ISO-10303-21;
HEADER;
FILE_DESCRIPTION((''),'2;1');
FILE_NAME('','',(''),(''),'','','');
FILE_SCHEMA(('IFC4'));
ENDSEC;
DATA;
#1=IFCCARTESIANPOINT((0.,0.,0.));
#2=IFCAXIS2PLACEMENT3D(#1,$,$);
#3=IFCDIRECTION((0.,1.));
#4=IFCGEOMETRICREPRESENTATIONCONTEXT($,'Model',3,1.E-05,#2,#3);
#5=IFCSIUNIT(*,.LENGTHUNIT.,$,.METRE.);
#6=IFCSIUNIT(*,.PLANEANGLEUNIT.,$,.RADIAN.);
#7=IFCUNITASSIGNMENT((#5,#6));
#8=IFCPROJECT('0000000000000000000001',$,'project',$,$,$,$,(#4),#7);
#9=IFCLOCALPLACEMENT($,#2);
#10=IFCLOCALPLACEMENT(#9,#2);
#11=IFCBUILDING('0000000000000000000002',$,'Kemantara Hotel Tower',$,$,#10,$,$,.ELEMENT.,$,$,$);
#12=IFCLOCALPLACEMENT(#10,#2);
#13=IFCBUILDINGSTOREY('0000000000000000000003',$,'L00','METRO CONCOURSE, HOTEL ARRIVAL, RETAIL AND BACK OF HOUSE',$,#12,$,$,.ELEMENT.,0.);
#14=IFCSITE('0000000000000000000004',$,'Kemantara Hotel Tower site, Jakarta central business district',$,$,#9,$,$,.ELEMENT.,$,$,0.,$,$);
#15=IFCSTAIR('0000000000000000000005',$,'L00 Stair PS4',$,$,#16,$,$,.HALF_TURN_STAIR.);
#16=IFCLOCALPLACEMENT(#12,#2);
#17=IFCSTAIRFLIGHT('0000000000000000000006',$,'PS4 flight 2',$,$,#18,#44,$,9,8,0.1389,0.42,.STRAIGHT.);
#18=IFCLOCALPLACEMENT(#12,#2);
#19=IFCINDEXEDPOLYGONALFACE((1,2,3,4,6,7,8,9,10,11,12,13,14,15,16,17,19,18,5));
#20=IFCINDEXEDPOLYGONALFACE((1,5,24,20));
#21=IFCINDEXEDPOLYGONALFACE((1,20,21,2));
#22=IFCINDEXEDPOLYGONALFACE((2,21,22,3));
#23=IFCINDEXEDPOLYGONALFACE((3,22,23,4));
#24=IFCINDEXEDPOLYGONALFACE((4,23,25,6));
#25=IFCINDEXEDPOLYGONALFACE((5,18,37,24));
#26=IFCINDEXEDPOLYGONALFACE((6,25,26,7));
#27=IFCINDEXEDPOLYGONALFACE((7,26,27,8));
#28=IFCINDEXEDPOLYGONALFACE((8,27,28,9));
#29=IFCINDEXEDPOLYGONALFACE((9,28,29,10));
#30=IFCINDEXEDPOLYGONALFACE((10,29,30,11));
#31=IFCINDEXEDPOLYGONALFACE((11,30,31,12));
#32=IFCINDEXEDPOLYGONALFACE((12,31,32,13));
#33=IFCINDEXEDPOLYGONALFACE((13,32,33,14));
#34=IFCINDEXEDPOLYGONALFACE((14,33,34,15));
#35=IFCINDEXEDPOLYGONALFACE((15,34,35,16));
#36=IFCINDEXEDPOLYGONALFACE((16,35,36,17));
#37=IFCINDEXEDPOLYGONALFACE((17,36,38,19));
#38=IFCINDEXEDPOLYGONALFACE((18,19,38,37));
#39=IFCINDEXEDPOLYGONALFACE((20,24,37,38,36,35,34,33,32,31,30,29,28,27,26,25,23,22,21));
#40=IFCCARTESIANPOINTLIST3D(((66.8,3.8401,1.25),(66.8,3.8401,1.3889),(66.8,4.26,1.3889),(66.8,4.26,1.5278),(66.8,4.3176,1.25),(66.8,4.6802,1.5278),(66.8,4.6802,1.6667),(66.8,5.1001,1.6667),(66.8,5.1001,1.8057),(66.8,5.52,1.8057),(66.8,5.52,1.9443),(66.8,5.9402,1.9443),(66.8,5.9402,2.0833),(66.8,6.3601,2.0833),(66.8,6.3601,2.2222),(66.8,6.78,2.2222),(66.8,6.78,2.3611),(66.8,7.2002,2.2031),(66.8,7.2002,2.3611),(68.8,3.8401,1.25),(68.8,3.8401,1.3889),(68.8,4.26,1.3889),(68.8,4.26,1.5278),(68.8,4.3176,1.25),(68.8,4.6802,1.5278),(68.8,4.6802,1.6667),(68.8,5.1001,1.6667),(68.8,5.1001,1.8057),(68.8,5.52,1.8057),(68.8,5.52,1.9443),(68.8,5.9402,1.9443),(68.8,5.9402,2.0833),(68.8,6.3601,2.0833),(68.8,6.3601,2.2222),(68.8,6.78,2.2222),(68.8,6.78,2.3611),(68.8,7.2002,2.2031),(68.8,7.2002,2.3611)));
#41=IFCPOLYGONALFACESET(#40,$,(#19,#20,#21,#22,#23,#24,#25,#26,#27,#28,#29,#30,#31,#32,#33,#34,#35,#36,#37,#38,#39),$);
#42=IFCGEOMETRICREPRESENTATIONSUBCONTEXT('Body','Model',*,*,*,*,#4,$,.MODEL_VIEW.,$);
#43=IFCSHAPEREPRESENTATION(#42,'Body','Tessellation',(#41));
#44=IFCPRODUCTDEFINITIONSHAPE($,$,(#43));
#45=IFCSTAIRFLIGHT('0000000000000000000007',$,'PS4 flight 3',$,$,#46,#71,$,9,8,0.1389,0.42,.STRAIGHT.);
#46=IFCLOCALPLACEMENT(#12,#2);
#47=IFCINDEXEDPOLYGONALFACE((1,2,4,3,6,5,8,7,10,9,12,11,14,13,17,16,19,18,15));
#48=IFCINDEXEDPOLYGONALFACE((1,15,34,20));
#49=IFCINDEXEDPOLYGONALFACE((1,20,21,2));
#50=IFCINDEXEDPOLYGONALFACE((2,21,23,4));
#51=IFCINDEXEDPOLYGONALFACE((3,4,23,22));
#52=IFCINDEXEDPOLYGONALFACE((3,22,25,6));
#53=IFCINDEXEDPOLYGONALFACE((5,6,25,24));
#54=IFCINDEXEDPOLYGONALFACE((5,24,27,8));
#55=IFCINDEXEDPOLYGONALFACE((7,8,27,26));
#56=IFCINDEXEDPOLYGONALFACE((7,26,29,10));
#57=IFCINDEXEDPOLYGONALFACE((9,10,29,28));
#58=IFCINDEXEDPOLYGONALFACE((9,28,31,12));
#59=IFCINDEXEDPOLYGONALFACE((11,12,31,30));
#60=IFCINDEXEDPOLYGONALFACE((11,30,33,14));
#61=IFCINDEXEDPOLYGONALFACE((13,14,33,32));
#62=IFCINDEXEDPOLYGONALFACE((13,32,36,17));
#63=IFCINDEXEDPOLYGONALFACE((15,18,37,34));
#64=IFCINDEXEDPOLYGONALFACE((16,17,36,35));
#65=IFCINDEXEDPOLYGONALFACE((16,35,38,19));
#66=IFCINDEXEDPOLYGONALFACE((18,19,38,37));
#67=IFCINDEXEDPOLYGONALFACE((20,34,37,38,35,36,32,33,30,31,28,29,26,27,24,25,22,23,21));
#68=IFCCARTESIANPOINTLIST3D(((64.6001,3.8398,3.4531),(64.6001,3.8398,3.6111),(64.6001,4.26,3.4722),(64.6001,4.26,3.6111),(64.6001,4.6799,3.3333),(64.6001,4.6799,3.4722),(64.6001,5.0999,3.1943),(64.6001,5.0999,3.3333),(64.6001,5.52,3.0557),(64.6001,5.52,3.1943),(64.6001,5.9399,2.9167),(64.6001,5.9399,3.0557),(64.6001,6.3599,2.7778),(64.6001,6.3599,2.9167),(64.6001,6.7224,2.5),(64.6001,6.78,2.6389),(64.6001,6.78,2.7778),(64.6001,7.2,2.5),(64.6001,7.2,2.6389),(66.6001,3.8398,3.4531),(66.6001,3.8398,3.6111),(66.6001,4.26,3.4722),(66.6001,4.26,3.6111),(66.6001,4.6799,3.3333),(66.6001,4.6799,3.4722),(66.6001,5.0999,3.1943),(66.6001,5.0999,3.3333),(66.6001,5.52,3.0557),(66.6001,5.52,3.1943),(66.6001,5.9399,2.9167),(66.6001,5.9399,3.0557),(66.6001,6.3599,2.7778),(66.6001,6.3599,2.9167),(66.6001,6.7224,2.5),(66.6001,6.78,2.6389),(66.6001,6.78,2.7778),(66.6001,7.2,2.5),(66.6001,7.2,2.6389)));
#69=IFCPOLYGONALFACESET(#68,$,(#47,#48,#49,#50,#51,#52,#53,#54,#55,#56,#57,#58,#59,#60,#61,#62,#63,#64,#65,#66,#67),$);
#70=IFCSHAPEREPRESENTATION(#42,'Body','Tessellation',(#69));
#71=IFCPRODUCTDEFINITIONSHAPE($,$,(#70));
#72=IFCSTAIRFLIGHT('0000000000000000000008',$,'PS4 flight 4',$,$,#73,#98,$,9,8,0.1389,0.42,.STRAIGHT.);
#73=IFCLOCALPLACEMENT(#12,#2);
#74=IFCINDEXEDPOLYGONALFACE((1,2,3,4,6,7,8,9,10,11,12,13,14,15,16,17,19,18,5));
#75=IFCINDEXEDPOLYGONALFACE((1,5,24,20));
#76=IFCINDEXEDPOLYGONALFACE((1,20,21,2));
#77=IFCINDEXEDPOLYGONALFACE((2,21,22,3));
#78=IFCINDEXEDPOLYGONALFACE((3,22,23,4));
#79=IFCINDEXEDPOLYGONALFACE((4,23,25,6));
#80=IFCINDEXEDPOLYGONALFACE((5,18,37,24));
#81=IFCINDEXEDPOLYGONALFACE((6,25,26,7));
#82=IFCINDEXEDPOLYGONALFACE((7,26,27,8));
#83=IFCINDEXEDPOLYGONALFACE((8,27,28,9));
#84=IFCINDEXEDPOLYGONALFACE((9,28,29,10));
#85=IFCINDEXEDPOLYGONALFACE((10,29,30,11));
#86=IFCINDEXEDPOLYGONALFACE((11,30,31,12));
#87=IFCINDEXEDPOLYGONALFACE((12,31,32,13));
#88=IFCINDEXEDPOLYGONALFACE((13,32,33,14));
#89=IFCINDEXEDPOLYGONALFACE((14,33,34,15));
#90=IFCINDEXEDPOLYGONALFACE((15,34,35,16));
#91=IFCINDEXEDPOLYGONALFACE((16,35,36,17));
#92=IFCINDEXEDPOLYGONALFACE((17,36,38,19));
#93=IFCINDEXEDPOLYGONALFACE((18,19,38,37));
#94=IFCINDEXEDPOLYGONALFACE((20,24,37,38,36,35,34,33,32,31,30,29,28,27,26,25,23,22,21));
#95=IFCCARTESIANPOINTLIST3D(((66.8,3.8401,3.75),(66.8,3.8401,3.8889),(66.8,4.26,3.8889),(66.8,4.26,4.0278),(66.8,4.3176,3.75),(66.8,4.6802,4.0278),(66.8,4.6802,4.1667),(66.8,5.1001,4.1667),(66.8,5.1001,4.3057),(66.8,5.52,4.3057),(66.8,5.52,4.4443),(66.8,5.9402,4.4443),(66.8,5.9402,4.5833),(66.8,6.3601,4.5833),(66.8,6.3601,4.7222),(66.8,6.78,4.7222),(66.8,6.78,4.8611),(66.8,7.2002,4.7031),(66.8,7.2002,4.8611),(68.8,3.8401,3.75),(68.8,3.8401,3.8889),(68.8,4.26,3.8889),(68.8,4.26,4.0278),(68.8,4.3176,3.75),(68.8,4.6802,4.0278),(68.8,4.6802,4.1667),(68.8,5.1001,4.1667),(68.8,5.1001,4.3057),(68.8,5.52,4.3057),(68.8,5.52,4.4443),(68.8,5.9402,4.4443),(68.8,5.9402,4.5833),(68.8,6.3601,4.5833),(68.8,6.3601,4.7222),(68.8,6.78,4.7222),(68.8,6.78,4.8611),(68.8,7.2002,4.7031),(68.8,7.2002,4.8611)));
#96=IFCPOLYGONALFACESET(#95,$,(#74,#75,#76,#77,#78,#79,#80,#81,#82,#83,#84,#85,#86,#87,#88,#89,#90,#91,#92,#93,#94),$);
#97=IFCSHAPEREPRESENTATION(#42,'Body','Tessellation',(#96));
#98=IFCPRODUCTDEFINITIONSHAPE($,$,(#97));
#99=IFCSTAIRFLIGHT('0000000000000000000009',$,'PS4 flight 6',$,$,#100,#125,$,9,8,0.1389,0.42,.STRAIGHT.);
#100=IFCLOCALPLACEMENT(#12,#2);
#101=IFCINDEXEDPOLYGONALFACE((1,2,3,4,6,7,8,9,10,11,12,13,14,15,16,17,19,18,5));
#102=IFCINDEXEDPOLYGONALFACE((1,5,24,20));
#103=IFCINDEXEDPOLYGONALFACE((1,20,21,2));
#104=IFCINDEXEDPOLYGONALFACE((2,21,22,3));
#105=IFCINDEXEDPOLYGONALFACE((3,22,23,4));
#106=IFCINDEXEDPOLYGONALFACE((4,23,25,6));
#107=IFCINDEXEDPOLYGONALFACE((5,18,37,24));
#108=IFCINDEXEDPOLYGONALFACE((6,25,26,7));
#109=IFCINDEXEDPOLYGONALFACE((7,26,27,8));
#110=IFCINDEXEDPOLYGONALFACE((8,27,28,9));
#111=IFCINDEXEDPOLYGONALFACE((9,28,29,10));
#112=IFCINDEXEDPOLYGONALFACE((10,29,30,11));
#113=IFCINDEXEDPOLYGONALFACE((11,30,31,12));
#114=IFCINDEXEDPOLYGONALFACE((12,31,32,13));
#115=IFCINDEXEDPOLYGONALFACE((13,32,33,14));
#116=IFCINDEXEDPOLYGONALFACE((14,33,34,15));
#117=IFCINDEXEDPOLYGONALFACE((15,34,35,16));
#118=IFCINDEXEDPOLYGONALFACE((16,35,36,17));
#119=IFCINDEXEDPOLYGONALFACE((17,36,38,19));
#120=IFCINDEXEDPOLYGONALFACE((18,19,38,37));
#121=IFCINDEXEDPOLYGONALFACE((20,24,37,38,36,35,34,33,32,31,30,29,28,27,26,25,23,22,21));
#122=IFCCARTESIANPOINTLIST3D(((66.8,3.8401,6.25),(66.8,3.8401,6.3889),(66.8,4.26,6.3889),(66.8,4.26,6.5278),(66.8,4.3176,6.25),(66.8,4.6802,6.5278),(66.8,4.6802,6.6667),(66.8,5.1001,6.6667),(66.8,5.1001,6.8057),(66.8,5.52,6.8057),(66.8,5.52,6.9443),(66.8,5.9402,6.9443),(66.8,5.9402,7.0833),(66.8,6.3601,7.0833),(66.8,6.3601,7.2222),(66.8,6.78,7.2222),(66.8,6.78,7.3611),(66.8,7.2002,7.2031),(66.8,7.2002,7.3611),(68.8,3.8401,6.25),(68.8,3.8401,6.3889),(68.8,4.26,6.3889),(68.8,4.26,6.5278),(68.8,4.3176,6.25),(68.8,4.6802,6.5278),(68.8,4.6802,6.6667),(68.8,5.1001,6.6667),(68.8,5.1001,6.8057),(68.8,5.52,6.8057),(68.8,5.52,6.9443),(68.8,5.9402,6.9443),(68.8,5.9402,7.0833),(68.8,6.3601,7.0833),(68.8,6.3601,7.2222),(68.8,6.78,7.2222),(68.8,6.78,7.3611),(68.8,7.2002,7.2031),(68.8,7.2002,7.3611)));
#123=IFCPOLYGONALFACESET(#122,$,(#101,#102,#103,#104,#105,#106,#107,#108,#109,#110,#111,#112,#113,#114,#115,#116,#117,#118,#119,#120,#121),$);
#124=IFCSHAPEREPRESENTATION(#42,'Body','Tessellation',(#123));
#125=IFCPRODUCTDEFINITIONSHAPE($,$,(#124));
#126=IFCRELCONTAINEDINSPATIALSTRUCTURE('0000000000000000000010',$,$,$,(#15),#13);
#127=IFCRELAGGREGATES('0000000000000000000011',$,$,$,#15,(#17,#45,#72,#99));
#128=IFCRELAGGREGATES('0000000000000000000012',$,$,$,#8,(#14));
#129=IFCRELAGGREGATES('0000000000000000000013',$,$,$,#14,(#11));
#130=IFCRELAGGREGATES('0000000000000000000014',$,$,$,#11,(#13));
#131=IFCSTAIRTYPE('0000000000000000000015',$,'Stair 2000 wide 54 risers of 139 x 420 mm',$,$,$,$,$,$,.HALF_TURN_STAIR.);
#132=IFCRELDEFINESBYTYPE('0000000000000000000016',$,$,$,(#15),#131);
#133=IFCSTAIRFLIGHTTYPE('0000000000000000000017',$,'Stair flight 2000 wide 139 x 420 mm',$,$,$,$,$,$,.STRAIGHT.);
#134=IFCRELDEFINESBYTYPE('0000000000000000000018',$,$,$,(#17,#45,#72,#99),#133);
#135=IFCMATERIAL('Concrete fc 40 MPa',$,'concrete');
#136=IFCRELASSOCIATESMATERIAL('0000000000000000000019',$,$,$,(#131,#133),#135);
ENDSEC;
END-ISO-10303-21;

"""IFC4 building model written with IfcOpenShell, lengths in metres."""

from ifc_helpers import new_model, si_unit, direction, frame, origin, place, context, subcontext, project, spatial, polyline, outline, extrude, material, type_object, element, aggregate, save


model = new_model("IFC4")

# Units and contexts
model_context = context("Model", 3, precision=1e-05, world=origin(), true_north=direction((0.0, 1.0)))
body_context = subcontext(model_context, "Body", "Model", "MODEL_VIEW")
ifc_project = project(units=[si_unit("LENGTHUNIT", "METRE"), si_unit("PLANEANGLEUNIT", "RADIAN")], contexts=[model_context])

# Site, building, storey
site_placement = place(None, origin())
site = spatial("IfcSite", under=ifc_project, at=site_placement, Name="Kemantara Hotel Tower site, Jakarta central business district", CompositionType="ELEMENT", RefElevation=0.0)
building_placement = place(site_placement, origin())
building = spatial("IfcBuilding", under=site, at=building_placement, Name="Kemantara Hotel Tower", CompositionType="ELEMENT")
storey_placement = place(building_placement, origin())
storey = spatial("IfcBuildingStorey", under=building, at=storey_placement, Name="L00", Description="METRO CONCOURSE, HOTEL ARRIVAL, RETAIL AND BACK OF HOUSE", CompositionType="ELEMENT", Elevation=0.0)

# Shared definitions
ifc_material_1 = material(Name="Concrete fc 40 MPa", Category="concrete")

# Stair, stair flights
stair_type = type_object("IfcStairType", Name="Stair 2000 wide 54 risers of 139 x 420 mm", PredefinedType="HALF_TURN_STAIR", material=ifc_material_1)
stair_placement = place(storey_placement, origin())
stair = element("IfcStair", 1, at=stair_placement, inside=storey, type_object=stair_type, Name="L00 Stair PS4", PredefinedType="HALF_TURN_STAIR")
stair_flight_type = type_object("IfcStairFlightType", Name="Stair flight 2000 wide 139 x 420 mm", PredefinedType="STRAIGHT", material=ifc_material_1)
stair_flight_1_placement = place(storey_placement, frame((67.8, 3.8401, 1.25), z_axis=(0.0, 0.0, 1.0), x_axis=(0.0, 1.0, 0.0)))
stair_flight_1 = element("IfcStairFlight", 2, at=stair_flight_1_placement, type_object=stair_flight_type, Name="PS4 flight 2", NumberOfRisers=9, NumberOfTreads=8, PredefinedType="STRAIGHT", RiserHeight=0.1389, TreadLength=0.42, context=body_context, shape_type="SweptSolid", body=[
    extrude(outline(polyline([(0.0, 0.0), (0.0, 0.1389), (0.4199, 0.1389), (0.4199, 0.2778), (0.8401, 0.2778), (0.8401, 0.4167), (1.26, 0.4167), (1.26, 0.5557), (1.6799, 0.5557), (1.6799, 0.6943), (2.1001, 0.6943), (2.1001, 0.8333), (2.52, 0.8333), (2.52, 0.9722), (2.9399, 0.9722), (2.9399, 1.1111), (3.3601, 1.1111), (3.3601, 1.25), (3.3601, 0.9531), (0.4775, 0.0), (0.0, 0.0)])), frame((0.0, 1.0, 0.0), z_axis=(0.0, -1.0, 0.0), x_axis=(1.0, 0.0, 0.0)), (0.0, 0.0, 1.0), 2.0),
])
stair_flight_2_placement = place(storey_placement, frame((65.6001, 7.2, 2.5), z_axis=(0.0, 0.0, 1.0), x_axis=(0.0, -1.0, 0.0)))
stair_flight_2 = element("IfcStairFlight", 3, at=stair_flight_2_placement, type_object=stair_flight_type, Name="PS4 flight 3", NumberOfRisers=9, NumberOfTreads=8, PredefinedType="STRAIGHT", RiserHeight=0.1389, TreadLength=0.42, context=body_context, shape_type="SweptSolid", body=[
    extrude(outline(polyline([(0.0, 0.0), (0.0, 0.1389), (0.4199, 0.1389), (0.4199, 0.2778), (0.8401, 0.2778), (0.8401, 0.4167), (1.26, 0.4167), (1.26, 0.5557), (1.6799, 0.5557), (1.6799, 0.6943), (2.1001, 0.6943), (2.1001, 0.8333), (2.52, 0.8333), (2.52, 0.9722), (2.9399, 0.9722), (2.9399, 1.1111), (3.3601, 1.1111), (3.3601, 1.25), (3.3601, 0.9531), (0.4775, 0.0), (0.0, 0.0)])), frame((0.0, 1.0, 0.0), z_axis=(0.0, -1.0, 0.0), x_axis=(1.0, 0.0, 0.0)), (0.0, 0.0, 1.0), 2.0),
])
stair_flight_3_placement = place(storey_placement, frame((67.8, 3.8401, 3.75), z_axis=(0.0, 0.0, 1.0), x_axis=(0.0, 1.0, 0.0)))
stair_flight_3 = element("IfcStairFlight", 4, at=stair_flight_3_placement, type_object=stair_flight_type, Name="PS4 flight 4", NumberOfRisers=9, NumberOfTreads=8, PredefinedType="STRAIGHT", RiserHeight=0.1389, TreadLength=0.42, context=body_context, shape_type="SweptSolid", body=[
    extrude(outline(polyline([(0.0, 0.0), (0.0, 0.1389), (0.4199, 0.1389), (0.4199, 0.2778), (0.8401, 0.2778), (0.8401, 0.4167), (1.26, 0.4167), (1.26, 0.5557), (1.6799, 0.5557), (1.6799, 0.6943), (2.1001, 0.6943), (2.1001, 0.8333), (2.52, 0.8333), (2.52, 0.9722), (2.9399, 0.9722), (2.9399, 1.1111), (3.3601, 1.1111), (3.3601, 1.25), (3.3601, 0.9531), (0.4775, 0.0), (0.0, 0.0)])), frame((0.0, 1.0, 0.0), z_axis=(0.0, -1.0, 0.0), x_axis=(1.0, 0.0, 0.0)), (0.0, 0.0, 1.0), 2.0),
])
stair_flight_4_placement = place(storey_placement, frame((67.8, 3.8401, 6.25), z_axis=(0.0, 0.0, 1.0), x_axis=(0.0, 1.0, 0.0)))
stair_flight_4 = element("IfcStairFlight", 5, at=stair_flight_4_placement, type_object=stair_flight_type, Name="PS4 flight 6", NumberOfRisers=9, NumberOfTreads=8, PredefinedType="STRAIGHT", RiserHeight=0.1389, TreadLength=0.42, context=body_context, shape_type="SweptSolid", body=[
    extrude(outline(polyline([(0.0, 0.0), (0.0, 0.1389), (0.4199, 0.1389), (0.4199, 0.2778), (0.8401, 0.2778), (0.8401, 0.4167), (1.26, 0.4167), (1.26, 0.5557), (1.6799, 0.5557), (1.6799, 0.6943), (2.1001, 0.6943), (2.1001, 0.8333), (2.52, 0.8333), (2.52, 0.9722), (2.9399, 0.9722), (2.9399, 1.1111), (3.3601, 1.1111), (3.3601, 1.25), (3.3601, 0.9531), (0.4775, 0.0), (0.0, 0.0)])), frame((0.0, 1.0, 0.0), z_axis=(0.0, -1.0, 0.0), x_axis=(1.0, 0.0, 0.0)), (0.0, 0.0, 1.0), 2.0),
])
aggregate(stair, [stair_flight_1, stair_flight_2, stair_flight_3, stair_flight_4])

save(model, "model.ifc")
